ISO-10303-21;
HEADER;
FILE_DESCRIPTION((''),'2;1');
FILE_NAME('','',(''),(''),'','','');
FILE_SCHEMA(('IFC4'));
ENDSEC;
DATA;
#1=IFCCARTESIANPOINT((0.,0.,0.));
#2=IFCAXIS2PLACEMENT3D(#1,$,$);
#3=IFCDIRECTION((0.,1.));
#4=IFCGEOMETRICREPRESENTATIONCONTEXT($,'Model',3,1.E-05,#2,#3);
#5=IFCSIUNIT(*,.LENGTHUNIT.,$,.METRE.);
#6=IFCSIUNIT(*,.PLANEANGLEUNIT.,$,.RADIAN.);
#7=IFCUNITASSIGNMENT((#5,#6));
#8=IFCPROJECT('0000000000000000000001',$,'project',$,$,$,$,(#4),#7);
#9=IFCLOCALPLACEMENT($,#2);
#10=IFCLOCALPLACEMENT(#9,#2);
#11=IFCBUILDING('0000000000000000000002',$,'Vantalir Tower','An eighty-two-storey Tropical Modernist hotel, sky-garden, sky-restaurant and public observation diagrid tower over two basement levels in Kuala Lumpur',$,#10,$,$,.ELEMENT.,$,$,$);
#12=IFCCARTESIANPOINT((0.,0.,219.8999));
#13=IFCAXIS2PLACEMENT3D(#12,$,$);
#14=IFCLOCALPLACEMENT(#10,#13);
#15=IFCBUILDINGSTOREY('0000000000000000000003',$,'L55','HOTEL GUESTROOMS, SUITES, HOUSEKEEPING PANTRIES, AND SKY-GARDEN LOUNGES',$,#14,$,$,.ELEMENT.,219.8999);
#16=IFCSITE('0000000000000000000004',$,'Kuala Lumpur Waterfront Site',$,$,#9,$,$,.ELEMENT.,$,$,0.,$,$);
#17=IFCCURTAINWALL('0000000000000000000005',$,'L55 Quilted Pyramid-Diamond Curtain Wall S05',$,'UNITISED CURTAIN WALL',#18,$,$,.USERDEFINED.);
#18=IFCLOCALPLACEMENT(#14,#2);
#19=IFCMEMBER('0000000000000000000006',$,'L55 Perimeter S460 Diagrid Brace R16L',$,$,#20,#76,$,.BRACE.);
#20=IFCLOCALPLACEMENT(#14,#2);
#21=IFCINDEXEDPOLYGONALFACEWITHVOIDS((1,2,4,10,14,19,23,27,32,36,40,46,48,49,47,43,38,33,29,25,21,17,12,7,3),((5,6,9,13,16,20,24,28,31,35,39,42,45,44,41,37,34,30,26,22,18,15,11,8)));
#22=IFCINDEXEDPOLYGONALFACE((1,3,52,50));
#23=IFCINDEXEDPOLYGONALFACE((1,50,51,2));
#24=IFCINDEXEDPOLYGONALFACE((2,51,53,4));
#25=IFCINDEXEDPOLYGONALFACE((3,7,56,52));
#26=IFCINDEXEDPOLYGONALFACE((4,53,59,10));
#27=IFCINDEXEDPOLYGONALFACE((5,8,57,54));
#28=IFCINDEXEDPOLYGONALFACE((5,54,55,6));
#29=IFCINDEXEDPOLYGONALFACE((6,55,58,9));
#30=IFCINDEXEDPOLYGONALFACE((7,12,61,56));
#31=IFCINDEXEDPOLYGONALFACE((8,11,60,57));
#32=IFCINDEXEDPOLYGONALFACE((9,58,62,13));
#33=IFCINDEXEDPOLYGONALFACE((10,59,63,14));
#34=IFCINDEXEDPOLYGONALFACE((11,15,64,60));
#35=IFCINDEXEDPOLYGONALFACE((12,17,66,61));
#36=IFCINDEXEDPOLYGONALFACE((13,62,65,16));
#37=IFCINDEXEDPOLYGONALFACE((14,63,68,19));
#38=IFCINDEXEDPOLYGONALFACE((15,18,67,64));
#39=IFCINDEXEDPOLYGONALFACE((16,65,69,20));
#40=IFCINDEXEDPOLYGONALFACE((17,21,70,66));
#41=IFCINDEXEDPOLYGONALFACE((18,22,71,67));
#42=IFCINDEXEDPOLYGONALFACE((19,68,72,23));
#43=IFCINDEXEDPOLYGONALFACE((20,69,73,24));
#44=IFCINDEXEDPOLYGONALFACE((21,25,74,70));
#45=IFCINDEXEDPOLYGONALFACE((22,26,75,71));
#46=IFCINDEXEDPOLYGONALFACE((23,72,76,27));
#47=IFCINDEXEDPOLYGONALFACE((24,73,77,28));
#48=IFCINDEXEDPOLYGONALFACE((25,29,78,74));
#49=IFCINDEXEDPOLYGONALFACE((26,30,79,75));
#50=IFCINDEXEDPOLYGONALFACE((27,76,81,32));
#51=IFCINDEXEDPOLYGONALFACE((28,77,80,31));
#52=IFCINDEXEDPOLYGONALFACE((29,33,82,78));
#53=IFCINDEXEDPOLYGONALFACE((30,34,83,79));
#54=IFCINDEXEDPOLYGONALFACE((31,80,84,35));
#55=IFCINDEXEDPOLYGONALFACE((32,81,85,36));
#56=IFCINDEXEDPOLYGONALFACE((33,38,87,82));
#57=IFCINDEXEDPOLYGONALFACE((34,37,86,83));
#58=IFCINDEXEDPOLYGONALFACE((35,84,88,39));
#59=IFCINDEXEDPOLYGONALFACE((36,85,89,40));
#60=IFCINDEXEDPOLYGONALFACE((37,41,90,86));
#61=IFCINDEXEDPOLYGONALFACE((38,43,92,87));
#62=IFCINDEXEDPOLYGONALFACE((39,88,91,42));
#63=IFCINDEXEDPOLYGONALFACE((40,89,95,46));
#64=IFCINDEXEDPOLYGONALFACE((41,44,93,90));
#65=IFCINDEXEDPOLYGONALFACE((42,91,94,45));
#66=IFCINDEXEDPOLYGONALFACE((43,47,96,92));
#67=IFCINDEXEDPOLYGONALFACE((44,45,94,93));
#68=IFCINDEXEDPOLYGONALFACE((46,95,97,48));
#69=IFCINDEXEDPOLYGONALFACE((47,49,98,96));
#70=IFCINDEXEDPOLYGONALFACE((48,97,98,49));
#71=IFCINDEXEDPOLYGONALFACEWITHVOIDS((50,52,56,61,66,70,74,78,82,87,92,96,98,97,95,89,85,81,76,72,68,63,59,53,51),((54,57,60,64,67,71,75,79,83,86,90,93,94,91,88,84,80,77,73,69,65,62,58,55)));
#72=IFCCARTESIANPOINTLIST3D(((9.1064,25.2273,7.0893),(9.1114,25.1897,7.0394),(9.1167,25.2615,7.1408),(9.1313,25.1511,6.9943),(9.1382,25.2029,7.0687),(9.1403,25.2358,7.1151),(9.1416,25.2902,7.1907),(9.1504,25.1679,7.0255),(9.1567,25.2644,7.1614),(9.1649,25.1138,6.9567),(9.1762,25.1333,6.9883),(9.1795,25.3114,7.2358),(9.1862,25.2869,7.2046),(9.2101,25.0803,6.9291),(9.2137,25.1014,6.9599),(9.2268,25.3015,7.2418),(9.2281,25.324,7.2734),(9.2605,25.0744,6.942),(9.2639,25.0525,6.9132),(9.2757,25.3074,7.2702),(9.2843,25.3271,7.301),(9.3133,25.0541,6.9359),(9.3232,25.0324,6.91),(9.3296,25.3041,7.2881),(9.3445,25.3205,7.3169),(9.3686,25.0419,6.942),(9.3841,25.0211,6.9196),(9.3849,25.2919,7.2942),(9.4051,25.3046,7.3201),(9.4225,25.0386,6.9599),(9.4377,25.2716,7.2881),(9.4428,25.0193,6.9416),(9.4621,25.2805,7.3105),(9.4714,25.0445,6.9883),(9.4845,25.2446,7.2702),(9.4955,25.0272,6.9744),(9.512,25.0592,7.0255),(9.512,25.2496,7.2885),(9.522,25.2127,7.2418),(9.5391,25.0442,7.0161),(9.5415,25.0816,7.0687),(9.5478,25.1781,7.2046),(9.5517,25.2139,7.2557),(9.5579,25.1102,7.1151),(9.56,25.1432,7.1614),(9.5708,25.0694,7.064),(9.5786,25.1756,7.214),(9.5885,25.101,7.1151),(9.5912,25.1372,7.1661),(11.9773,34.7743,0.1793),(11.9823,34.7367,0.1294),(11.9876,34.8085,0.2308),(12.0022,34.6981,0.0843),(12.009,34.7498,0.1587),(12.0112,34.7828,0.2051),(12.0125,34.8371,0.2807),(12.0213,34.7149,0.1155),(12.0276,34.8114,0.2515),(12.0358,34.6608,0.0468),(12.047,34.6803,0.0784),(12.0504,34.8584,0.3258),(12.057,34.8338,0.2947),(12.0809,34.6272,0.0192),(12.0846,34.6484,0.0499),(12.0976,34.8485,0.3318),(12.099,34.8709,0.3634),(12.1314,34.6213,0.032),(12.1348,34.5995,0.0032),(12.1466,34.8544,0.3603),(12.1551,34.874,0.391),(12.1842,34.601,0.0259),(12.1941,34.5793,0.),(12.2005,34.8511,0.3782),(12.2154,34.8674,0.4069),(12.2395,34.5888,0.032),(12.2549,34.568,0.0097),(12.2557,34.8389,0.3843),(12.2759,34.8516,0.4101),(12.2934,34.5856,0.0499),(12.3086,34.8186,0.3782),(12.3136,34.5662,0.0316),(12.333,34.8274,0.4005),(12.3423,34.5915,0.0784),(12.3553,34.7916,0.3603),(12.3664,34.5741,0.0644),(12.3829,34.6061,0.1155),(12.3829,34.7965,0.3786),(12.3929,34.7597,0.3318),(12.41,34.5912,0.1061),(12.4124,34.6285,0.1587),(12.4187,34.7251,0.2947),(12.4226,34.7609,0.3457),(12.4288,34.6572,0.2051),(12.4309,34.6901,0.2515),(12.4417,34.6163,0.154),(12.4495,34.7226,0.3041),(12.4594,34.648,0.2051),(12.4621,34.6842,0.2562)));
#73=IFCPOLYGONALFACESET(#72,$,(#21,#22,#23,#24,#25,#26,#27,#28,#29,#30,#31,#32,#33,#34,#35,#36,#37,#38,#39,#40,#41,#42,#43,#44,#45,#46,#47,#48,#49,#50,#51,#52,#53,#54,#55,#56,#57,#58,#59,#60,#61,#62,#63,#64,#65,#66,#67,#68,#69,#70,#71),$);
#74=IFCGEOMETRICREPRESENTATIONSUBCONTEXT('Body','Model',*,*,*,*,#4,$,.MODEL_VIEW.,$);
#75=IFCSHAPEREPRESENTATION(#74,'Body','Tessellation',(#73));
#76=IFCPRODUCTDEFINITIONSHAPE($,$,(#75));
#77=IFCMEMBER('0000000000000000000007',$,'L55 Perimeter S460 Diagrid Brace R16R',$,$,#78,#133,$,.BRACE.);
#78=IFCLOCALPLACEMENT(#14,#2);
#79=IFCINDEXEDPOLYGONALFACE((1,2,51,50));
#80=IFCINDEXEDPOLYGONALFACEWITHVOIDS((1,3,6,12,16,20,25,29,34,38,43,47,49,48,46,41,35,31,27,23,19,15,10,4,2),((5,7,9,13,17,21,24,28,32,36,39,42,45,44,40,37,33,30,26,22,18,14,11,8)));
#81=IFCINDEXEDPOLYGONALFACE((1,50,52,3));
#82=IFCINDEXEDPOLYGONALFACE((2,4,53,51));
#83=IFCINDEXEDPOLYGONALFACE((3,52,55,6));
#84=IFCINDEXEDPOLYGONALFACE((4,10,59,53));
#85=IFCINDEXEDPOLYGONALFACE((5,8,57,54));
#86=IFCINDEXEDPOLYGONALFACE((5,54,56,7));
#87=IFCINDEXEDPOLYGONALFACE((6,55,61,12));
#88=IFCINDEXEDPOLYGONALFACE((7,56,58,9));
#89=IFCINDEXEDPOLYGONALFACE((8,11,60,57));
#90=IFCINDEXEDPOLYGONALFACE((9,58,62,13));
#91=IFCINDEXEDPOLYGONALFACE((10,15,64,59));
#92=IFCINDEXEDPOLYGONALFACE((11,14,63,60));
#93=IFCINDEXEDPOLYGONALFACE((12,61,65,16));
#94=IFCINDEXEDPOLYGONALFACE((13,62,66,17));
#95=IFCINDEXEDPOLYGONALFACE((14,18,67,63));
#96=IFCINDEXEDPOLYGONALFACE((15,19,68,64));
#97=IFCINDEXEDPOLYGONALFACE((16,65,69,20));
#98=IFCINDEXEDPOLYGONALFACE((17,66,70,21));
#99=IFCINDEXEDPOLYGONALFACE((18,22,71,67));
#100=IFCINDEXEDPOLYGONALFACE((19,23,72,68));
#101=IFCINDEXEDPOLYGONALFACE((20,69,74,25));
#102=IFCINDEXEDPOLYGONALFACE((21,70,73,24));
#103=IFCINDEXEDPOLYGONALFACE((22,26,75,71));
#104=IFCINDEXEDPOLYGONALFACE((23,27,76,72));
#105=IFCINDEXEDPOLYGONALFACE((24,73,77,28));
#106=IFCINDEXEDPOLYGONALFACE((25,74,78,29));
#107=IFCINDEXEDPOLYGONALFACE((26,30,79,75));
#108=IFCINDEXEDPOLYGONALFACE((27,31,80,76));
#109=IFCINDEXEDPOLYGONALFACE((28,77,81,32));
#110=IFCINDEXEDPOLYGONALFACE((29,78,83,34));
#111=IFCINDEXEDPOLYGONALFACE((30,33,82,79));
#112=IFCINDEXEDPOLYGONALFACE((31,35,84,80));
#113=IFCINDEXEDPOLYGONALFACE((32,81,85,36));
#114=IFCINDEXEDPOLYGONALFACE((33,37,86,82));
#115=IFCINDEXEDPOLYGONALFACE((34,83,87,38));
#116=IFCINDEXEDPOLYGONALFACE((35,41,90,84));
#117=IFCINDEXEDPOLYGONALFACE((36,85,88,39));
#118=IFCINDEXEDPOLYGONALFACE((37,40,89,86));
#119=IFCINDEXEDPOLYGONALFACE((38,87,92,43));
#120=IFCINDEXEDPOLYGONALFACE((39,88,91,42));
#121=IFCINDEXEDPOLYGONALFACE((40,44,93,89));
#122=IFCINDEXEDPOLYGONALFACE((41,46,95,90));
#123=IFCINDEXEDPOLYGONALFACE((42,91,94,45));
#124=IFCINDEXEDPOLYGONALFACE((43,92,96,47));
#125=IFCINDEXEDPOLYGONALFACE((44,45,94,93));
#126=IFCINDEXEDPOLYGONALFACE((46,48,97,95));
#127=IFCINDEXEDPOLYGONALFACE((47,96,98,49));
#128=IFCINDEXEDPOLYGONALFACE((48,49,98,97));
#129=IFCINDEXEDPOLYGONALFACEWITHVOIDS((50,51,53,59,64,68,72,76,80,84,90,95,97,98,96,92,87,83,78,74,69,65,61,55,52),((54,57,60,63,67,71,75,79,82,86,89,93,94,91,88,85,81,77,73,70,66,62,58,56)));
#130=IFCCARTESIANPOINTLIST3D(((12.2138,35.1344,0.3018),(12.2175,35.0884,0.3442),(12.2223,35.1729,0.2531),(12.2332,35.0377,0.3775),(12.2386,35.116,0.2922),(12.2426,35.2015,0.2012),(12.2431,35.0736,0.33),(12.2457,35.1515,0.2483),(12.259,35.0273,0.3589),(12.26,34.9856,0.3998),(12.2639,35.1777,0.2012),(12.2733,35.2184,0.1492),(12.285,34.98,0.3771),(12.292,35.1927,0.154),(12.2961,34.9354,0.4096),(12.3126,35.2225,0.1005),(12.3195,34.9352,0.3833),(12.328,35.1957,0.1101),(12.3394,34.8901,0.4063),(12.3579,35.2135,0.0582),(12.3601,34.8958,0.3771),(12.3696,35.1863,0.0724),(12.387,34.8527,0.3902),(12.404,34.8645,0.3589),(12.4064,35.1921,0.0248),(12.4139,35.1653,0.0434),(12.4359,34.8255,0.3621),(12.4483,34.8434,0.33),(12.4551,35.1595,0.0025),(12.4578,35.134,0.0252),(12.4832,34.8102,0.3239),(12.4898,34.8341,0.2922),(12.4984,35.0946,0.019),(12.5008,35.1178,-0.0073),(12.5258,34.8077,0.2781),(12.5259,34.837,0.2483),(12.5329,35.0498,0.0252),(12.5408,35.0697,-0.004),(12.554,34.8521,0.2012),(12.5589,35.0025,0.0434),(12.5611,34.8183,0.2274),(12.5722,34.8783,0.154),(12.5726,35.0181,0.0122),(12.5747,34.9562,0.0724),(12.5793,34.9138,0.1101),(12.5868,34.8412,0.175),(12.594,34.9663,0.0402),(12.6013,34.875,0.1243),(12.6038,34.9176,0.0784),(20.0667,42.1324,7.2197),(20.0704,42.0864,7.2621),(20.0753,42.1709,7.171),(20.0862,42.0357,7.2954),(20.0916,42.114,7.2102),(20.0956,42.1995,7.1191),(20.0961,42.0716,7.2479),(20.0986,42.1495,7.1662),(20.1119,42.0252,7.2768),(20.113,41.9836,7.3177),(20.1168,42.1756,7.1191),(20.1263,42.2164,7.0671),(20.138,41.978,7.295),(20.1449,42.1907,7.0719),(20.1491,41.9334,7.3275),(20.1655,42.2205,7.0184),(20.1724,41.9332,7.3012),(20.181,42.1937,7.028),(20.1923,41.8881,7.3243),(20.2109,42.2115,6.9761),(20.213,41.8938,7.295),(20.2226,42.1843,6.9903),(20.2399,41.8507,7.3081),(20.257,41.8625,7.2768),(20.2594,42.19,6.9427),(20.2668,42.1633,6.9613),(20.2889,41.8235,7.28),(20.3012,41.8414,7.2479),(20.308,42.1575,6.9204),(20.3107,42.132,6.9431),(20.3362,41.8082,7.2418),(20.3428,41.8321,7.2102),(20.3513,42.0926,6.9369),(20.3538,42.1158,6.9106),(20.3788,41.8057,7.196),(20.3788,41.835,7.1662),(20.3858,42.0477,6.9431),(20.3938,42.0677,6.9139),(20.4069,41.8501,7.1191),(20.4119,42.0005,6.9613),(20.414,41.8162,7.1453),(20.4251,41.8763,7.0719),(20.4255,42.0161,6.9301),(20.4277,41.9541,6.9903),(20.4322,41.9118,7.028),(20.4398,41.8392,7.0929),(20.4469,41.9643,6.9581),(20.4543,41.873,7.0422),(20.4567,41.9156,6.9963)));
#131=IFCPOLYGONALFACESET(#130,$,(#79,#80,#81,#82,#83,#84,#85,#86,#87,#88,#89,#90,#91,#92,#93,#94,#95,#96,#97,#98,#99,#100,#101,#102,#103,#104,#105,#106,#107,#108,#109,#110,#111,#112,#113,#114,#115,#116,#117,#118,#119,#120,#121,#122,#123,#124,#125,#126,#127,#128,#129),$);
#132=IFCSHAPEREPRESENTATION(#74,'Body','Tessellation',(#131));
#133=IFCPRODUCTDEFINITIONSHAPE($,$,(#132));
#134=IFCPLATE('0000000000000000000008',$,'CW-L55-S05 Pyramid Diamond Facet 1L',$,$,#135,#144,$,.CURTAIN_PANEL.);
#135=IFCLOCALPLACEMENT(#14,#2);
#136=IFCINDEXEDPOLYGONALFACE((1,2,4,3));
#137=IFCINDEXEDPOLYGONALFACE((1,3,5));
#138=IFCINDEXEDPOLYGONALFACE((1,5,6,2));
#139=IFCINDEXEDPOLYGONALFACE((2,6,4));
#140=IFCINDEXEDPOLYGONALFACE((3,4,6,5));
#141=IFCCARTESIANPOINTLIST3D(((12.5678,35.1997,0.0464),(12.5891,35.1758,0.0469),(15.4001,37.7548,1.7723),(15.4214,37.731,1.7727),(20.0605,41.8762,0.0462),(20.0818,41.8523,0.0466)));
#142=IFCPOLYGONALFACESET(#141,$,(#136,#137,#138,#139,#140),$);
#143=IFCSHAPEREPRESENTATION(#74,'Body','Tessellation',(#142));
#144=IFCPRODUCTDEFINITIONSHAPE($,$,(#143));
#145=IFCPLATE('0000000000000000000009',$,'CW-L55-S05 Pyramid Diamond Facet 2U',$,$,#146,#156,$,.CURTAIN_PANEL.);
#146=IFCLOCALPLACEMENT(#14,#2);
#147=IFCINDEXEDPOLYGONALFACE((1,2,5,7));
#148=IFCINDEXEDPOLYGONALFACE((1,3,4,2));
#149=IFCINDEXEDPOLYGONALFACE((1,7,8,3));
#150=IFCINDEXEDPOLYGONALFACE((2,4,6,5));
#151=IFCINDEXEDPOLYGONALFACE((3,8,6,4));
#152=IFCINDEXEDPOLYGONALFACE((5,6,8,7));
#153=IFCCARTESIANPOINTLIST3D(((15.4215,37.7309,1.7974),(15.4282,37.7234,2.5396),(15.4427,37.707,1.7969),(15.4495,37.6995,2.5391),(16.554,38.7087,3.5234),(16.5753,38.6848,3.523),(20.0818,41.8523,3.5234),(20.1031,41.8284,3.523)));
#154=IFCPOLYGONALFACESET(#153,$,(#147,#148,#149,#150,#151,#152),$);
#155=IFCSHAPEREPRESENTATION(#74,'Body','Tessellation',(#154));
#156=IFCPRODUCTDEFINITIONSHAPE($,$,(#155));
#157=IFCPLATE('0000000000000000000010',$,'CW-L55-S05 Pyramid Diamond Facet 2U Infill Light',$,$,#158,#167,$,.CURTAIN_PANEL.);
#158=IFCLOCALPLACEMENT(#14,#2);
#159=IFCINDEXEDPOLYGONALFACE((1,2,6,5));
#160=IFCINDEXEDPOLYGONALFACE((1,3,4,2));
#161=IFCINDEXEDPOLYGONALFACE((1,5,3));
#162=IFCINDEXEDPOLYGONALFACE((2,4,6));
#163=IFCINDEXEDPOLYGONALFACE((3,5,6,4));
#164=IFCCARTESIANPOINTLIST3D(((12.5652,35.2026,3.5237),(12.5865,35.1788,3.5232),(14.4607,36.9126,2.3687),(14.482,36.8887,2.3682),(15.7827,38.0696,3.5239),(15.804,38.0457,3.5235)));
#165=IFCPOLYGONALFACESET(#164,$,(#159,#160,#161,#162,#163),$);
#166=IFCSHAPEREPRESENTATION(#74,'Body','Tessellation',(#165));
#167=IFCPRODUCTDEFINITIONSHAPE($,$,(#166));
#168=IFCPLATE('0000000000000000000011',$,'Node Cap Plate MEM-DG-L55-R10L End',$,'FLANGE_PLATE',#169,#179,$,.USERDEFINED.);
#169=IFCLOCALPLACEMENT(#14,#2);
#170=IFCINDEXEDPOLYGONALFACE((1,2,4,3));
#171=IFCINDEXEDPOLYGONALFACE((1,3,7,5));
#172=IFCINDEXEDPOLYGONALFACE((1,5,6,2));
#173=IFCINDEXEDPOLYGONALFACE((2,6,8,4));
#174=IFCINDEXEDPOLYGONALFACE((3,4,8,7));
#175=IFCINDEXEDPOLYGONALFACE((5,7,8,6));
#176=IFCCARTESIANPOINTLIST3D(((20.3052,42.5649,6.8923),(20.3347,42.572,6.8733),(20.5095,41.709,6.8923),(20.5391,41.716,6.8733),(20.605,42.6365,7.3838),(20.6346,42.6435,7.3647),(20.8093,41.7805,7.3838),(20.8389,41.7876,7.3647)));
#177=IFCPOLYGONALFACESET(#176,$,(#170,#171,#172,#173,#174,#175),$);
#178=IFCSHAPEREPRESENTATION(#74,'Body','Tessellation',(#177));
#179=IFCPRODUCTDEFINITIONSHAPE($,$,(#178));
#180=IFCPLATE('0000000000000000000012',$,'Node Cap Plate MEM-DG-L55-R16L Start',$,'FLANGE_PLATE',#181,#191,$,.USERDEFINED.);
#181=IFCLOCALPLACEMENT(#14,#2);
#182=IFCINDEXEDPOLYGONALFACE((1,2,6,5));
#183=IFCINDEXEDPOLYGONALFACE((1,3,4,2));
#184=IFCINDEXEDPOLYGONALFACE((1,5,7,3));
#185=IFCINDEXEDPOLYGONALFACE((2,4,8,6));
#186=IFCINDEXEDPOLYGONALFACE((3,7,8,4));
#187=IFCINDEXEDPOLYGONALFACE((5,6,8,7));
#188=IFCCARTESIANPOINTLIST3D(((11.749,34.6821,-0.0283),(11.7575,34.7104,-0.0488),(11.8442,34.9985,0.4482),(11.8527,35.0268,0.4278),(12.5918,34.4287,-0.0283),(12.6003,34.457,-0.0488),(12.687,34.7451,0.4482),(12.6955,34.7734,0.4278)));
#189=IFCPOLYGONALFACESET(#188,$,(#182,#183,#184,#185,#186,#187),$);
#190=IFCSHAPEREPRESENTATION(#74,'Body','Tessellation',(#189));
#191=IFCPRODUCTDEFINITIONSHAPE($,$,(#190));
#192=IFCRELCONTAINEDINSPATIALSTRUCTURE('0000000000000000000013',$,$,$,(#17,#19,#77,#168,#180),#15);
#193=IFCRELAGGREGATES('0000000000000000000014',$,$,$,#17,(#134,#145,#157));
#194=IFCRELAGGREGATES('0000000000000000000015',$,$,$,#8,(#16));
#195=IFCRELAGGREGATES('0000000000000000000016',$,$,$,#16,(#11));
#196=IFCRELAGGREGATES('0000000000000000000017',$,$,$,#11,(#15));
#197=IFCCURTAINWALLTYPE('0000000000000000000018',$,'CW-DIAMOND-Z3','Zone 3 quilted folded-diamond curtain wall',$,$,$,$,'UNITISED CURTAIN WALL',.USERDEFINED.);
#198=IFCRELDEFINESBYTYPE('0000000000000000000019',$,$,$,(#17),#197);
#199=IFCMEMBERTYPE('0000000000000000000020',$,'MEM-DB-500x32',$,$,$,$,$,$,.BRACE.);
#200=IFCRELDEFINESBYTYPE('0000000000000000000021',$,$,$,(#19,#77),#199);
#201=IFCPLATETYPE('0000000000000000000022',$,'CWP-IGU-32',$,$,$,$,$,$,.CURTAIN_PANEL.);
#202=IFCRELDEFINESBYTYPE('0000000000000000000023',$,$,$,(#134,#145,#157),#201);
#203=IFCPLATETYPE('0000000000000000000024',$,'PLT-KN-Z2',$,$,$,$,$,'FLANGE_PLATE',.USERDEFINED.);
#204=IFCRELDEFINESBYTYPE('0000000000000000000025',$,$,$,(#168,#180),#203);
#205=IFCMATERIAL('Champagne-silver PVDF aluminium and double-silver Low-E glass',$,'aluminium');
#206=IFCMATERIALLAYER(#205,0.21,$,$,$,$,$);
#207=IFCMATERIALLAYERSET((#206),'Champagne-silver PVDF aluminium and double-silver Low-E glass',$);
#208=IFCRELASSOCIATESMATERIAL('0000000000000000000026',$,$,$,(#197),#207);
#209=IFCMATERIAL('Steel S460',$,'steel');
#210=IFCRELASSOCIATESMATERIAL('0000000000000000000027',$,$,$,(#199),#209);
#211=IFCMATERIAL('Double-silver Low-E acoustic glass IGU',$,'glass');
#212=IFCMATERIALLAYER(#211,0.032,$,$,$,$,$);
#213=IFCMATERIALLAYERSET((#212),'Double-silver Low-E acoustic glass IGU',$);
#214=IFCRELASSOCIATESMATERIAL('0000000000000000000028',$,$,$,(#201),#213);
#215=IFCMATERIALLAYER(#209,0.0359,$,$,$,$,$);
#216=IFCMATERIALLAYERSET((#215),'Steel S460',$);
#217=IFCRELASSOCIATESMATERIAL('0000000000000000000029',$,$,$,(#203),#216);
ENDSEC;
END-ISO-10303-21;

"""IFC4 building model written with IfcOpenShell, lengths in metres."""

from ifc_helpers import new_model, si_unit, direction, frame, origin, origin_2d, place, context, subcontext, project, spatial, polyline, hollow_circle, outline, extrude, material, layer, layer_set, material_profile, profile_set, type_object, element, aggregate, save


model = new_model("IFC4")

# Units and contexts
model_context = context("Model", 3, precision=1e-05, world=origin(), true_north=direction((0.0, 1.0)))
body_context = subcontext(model_context, "Body", "Model", "MODEL_VIEW")
ifc_project = project(units=[si_unit("LENGTHUNIT", "METRE"), si_unit("PLANEANGLEUNIT", "RADIAN")], contexts=[model_context])

# Site, building, storey
site_placement = place(None, origin())
site = spatial("IfcSite", under=ifc_project, at=site_placement, Name="Kuala Lumpur Waterfront Site", CompositionType="ELEMENT", RefElevation=0.0)
building_placement = place(site_placement, origin())
building = spatial("IfcBuilding", under=site, at=building_placement, Name="Vantalir Tower", Description="An eighty-two-storey Tropical Modernist hotel, sky-garden, sky-restaurant and public observation diagrid tower over two basement levels in Kuala Lumpur", CompositionType="ELEMENT")
storey_placement = place(building_placement, frame((0.0, 0.0, 219.8999)))
storey = spatial("IfcBuildingStorey", under=building, at=storey_placement, Name="L55", Description="HOTEL GUESTROOMS, SUITES, HOUSEKEEPING PANTRIES, AND SKY-GARDEN LOUNGES", CompositionType="ELEMENT", Elevation=219.8999)

# Shared definitions
ifc_material_1 = material(Name="Steel S460", Category="steel")

# Curtain wall
ifc_material_2 = material(Name="Champagne-silver PVDF aluminium and double-silver Low-E glass", Category="aluminium")
ifc_layer_1 = layer(ifc_material_2, 0.21)
ifc_layer_set_1 = layer_set([ifc_layer_1], Name="Champagne-silver PVDF aluminium and double-silver Low-E glass")
curtain_wall_type = type_object("IfcCurtainWallType", Name="CW-DIAMOND-Z3", Description="Zone 3 quilted folded-diamond curtain wall", ElementType="UNITISED CURTAIN WALL", PredefinedType="USERDEFINED", material=ifc_layer_set_1)
curtain_wall_1_placement = place(storey_placement, origin())
curtain_wall_1 = element("IfcCurtainWall", 1, at=curtain_wall_1_placement, inside=storey, type_object=curtain_wall_type, Name="L55 Quilted Pyramid-Diamond Curtain Wall S05", ObjectType="UNITISED CURTAIN WALL", PredefinedType="USERDEFINED")

# Members
ifc_material_profile_1 = material_profile(ifc_material_1, hollow_circle(Radius=0.25, WallThickness=0.032, at=origin_2d()), Name="Steel S460")
ifc_profile_set_1 = profile_set([ifc_material_profile_1], Name="Steel S460")
member_type_1 = type_object("IfcMemberType", Name="MEM-DB-500x32", PredefinedType="BRACE", material=ifc_profile_set_1)
member_1_placement = place(storey_placement, frame((12.22, 34.72, 0.2051), z_axis=(-0.236678, -0.787061, 0.569665), x_axis=(0.957639, -0.287972, 0.0)))
element("IfcMember", 2, at=member_1_placement, inside=storey, type_object=member_type_1, Name="L55 Perimeter S460 Diagrid Brace R16L", PredefinedType="BRACE", context=body_context, shape_type="SweptSolid", body=[
    extrude(hollow_circle(Radius=0.25, WallThickness=0.032, at=origin_2d()), origin(), (0.0, 0.0, 1.0), 12.1299),
])
member_2_placement = place(storey_placement, frame((12.4089, 35.0149, 0.2012), z_axis=(0.623765, 0.555854, 0.549494), x_axis=(-0.665297, 0.746579, 0.0)))
element("IfcMember", 3, at=member_2_placement, inside=storey, type_object=member_type_1, Name="L55 Perimeter S460 Diagrid Brace R16R", PredefinedType="BRACE", context=body_context, shape_type="SweptSolid", body=[
    extrude(hollow_circle(Radius=0.25, WallThickness=0.032, at=origin_2d()), origin(), (0.0, 0.0, 1.0), 12.5896),
])

# Plates
ifc_material_3 = material(Name="Double-silver Low-E acoustic glass IGU", Category="glass")
ifc_layer_2 = layer(ifc_material_3, 0.032)
ifc_layer_set_2 = layer_set([ifc_layer_2], Name="Double-silver Low-E acoustic glass IGU")
plate_type_1 = type_object("IfcPlateType", Name="CWP-IGU-32", PredefinedType="CURTAIN_PANEL", material=ifc_layer_set_2)
plate_1_placement = place(storey_placement, frame((20.0818, 41.8523, 0.0466), z_axis=(0.665213, -0.74653, 0.013588), x_axis=(-0.746599, -0.665274, 0.000024)))
plate_1 = element("IfcPlate", 4, at=plate_1_placement, type_object=plate_type_1, Name="CW-L55-S05 Pyramid Diamond Facet 1L", PredefinedType="CURTAIN_PANEL", context=body_context, shape_type="SweptSolid", body=[
    extrude(outline(polyline([(0.0, 0.0), (10.0357, 0.0), (6.2213, -1.7261), (0.0, 0.0)])), origin(), (0.0, 0.0, -1.0), 0.032),
])
plate_2_placement = place(storey_placement, frame((20.0818, 41.8523, 3.5234), z_axis=(-0.665228, 0.746516, 0.013606), x_axis=(-0.746585, -0.66529, 0.0)))
plate_2 = element("IfcPlate", 5, at=plate_2_placement, type_object=plate_type_1, Name="CW-L55-S05 Pyramid Diamond Facet 2U", PredefinedType="CURTAIN_PANEL", context=body_context, shape_type="SweptSolid", body=[
    extrude(outline(polyline([(0.0, 0.0), (4.7252, 0.0), (6.2212, -0.984), (6.2213, -1.7262), (0.0, 0.0)])), origin(), (0.0, 0.0, -1.0), 0.032),
])
plate_3_placement = place(storey_placement, frame((15.7827, 38.0696, 3.5239), z_axis=(-0.665199, 0.746543, 0.013565), x_axis=(-0.746612, -0.66526, -0.000057)))
plate_3 = element("IfcPlate", 6, at=plate_3_placement, type_object=plate_type_1, Name="CW-L55-S05 Pyramid Diamond Facet 2U Infill Light", PredefinedType="CURTAIN_PANEL", context=body_context, shape_type="SweptSolid", body=[
    extrude(outline(polyline([(0.0, 0.0), (4.3095, 0.0), (1.7568, -1.1553), (0.0, 0.0)])), origin(), (0.0, 0.0, -1.0), 0.032),
])
aggregate(curtain_wall_1, [plate_1, plate_2, plate_3])

# Plates
ifc_layer_3 = layer(ifc_material_1, 0.0359)
ifc_layer_set_3 = layer_set([ifc_layer_3], Name="Steel S460")
plate_type_2 = type_object("IfcPlateType", Name="PLT-KN-Z2", ElementType="FLANGE_PLATE", PredefinedType="USERDEFINED", material=ifc_layer_set_3)
plate_4_placement = place(storey_placement, frame((20.3052, 42.5649, 6.8923), z_axis=(-0.824019, -0.196721, 0.531314), x_axis=(0.232208, -0.972666, 0.0)))
element("IfcPlate", 7, at=plate_4_placement, inside=storey, type_object=plate_type_2, Name="Node Cap Plate MEM-DG-L55-R10L End", ObjectType="FLANGE_PLATE", PredefinedType="USERDEFINED", context=body_context, shape_type="SweptSolid", body=[
    extrude(outline(polyline([(0.0, 0.0), (0.88, 0.0), (0.8801, 0.5801), (0.0, 0.5801), (0.0, 0.0)])), origin(), (0.0, 0.0, -1.0), 0.0359),
])
plate_5_placement = place(storey_placement, frame((11.749, 34.6821, -0.0283), z_axis=(-0.236642, -0.786984, 0.569786), x_axis=(0.957643, -0.287959, 0.0)))
element("IfcPlate", 8, at=plate_5_placement, inside=storey, type_object=plate_type_2, Name="Node Cap Plate MEM-DG-L55-R16L Start", ObjectType="FLANGE_PLATE", PredefinedType="USERDEFINED", context=body_context, shape_type="SweptSolid", body=[
    extrude(outline(polyline([(0.0, 0.0), (0.88, 0.0), (0.8801, 0.5799), (0.0001, 0.5799), (0.0, 0.0)])), origin(), (0.0, 0.0, -1.0), 0.0359),
])

save(model, "model.ifc")
